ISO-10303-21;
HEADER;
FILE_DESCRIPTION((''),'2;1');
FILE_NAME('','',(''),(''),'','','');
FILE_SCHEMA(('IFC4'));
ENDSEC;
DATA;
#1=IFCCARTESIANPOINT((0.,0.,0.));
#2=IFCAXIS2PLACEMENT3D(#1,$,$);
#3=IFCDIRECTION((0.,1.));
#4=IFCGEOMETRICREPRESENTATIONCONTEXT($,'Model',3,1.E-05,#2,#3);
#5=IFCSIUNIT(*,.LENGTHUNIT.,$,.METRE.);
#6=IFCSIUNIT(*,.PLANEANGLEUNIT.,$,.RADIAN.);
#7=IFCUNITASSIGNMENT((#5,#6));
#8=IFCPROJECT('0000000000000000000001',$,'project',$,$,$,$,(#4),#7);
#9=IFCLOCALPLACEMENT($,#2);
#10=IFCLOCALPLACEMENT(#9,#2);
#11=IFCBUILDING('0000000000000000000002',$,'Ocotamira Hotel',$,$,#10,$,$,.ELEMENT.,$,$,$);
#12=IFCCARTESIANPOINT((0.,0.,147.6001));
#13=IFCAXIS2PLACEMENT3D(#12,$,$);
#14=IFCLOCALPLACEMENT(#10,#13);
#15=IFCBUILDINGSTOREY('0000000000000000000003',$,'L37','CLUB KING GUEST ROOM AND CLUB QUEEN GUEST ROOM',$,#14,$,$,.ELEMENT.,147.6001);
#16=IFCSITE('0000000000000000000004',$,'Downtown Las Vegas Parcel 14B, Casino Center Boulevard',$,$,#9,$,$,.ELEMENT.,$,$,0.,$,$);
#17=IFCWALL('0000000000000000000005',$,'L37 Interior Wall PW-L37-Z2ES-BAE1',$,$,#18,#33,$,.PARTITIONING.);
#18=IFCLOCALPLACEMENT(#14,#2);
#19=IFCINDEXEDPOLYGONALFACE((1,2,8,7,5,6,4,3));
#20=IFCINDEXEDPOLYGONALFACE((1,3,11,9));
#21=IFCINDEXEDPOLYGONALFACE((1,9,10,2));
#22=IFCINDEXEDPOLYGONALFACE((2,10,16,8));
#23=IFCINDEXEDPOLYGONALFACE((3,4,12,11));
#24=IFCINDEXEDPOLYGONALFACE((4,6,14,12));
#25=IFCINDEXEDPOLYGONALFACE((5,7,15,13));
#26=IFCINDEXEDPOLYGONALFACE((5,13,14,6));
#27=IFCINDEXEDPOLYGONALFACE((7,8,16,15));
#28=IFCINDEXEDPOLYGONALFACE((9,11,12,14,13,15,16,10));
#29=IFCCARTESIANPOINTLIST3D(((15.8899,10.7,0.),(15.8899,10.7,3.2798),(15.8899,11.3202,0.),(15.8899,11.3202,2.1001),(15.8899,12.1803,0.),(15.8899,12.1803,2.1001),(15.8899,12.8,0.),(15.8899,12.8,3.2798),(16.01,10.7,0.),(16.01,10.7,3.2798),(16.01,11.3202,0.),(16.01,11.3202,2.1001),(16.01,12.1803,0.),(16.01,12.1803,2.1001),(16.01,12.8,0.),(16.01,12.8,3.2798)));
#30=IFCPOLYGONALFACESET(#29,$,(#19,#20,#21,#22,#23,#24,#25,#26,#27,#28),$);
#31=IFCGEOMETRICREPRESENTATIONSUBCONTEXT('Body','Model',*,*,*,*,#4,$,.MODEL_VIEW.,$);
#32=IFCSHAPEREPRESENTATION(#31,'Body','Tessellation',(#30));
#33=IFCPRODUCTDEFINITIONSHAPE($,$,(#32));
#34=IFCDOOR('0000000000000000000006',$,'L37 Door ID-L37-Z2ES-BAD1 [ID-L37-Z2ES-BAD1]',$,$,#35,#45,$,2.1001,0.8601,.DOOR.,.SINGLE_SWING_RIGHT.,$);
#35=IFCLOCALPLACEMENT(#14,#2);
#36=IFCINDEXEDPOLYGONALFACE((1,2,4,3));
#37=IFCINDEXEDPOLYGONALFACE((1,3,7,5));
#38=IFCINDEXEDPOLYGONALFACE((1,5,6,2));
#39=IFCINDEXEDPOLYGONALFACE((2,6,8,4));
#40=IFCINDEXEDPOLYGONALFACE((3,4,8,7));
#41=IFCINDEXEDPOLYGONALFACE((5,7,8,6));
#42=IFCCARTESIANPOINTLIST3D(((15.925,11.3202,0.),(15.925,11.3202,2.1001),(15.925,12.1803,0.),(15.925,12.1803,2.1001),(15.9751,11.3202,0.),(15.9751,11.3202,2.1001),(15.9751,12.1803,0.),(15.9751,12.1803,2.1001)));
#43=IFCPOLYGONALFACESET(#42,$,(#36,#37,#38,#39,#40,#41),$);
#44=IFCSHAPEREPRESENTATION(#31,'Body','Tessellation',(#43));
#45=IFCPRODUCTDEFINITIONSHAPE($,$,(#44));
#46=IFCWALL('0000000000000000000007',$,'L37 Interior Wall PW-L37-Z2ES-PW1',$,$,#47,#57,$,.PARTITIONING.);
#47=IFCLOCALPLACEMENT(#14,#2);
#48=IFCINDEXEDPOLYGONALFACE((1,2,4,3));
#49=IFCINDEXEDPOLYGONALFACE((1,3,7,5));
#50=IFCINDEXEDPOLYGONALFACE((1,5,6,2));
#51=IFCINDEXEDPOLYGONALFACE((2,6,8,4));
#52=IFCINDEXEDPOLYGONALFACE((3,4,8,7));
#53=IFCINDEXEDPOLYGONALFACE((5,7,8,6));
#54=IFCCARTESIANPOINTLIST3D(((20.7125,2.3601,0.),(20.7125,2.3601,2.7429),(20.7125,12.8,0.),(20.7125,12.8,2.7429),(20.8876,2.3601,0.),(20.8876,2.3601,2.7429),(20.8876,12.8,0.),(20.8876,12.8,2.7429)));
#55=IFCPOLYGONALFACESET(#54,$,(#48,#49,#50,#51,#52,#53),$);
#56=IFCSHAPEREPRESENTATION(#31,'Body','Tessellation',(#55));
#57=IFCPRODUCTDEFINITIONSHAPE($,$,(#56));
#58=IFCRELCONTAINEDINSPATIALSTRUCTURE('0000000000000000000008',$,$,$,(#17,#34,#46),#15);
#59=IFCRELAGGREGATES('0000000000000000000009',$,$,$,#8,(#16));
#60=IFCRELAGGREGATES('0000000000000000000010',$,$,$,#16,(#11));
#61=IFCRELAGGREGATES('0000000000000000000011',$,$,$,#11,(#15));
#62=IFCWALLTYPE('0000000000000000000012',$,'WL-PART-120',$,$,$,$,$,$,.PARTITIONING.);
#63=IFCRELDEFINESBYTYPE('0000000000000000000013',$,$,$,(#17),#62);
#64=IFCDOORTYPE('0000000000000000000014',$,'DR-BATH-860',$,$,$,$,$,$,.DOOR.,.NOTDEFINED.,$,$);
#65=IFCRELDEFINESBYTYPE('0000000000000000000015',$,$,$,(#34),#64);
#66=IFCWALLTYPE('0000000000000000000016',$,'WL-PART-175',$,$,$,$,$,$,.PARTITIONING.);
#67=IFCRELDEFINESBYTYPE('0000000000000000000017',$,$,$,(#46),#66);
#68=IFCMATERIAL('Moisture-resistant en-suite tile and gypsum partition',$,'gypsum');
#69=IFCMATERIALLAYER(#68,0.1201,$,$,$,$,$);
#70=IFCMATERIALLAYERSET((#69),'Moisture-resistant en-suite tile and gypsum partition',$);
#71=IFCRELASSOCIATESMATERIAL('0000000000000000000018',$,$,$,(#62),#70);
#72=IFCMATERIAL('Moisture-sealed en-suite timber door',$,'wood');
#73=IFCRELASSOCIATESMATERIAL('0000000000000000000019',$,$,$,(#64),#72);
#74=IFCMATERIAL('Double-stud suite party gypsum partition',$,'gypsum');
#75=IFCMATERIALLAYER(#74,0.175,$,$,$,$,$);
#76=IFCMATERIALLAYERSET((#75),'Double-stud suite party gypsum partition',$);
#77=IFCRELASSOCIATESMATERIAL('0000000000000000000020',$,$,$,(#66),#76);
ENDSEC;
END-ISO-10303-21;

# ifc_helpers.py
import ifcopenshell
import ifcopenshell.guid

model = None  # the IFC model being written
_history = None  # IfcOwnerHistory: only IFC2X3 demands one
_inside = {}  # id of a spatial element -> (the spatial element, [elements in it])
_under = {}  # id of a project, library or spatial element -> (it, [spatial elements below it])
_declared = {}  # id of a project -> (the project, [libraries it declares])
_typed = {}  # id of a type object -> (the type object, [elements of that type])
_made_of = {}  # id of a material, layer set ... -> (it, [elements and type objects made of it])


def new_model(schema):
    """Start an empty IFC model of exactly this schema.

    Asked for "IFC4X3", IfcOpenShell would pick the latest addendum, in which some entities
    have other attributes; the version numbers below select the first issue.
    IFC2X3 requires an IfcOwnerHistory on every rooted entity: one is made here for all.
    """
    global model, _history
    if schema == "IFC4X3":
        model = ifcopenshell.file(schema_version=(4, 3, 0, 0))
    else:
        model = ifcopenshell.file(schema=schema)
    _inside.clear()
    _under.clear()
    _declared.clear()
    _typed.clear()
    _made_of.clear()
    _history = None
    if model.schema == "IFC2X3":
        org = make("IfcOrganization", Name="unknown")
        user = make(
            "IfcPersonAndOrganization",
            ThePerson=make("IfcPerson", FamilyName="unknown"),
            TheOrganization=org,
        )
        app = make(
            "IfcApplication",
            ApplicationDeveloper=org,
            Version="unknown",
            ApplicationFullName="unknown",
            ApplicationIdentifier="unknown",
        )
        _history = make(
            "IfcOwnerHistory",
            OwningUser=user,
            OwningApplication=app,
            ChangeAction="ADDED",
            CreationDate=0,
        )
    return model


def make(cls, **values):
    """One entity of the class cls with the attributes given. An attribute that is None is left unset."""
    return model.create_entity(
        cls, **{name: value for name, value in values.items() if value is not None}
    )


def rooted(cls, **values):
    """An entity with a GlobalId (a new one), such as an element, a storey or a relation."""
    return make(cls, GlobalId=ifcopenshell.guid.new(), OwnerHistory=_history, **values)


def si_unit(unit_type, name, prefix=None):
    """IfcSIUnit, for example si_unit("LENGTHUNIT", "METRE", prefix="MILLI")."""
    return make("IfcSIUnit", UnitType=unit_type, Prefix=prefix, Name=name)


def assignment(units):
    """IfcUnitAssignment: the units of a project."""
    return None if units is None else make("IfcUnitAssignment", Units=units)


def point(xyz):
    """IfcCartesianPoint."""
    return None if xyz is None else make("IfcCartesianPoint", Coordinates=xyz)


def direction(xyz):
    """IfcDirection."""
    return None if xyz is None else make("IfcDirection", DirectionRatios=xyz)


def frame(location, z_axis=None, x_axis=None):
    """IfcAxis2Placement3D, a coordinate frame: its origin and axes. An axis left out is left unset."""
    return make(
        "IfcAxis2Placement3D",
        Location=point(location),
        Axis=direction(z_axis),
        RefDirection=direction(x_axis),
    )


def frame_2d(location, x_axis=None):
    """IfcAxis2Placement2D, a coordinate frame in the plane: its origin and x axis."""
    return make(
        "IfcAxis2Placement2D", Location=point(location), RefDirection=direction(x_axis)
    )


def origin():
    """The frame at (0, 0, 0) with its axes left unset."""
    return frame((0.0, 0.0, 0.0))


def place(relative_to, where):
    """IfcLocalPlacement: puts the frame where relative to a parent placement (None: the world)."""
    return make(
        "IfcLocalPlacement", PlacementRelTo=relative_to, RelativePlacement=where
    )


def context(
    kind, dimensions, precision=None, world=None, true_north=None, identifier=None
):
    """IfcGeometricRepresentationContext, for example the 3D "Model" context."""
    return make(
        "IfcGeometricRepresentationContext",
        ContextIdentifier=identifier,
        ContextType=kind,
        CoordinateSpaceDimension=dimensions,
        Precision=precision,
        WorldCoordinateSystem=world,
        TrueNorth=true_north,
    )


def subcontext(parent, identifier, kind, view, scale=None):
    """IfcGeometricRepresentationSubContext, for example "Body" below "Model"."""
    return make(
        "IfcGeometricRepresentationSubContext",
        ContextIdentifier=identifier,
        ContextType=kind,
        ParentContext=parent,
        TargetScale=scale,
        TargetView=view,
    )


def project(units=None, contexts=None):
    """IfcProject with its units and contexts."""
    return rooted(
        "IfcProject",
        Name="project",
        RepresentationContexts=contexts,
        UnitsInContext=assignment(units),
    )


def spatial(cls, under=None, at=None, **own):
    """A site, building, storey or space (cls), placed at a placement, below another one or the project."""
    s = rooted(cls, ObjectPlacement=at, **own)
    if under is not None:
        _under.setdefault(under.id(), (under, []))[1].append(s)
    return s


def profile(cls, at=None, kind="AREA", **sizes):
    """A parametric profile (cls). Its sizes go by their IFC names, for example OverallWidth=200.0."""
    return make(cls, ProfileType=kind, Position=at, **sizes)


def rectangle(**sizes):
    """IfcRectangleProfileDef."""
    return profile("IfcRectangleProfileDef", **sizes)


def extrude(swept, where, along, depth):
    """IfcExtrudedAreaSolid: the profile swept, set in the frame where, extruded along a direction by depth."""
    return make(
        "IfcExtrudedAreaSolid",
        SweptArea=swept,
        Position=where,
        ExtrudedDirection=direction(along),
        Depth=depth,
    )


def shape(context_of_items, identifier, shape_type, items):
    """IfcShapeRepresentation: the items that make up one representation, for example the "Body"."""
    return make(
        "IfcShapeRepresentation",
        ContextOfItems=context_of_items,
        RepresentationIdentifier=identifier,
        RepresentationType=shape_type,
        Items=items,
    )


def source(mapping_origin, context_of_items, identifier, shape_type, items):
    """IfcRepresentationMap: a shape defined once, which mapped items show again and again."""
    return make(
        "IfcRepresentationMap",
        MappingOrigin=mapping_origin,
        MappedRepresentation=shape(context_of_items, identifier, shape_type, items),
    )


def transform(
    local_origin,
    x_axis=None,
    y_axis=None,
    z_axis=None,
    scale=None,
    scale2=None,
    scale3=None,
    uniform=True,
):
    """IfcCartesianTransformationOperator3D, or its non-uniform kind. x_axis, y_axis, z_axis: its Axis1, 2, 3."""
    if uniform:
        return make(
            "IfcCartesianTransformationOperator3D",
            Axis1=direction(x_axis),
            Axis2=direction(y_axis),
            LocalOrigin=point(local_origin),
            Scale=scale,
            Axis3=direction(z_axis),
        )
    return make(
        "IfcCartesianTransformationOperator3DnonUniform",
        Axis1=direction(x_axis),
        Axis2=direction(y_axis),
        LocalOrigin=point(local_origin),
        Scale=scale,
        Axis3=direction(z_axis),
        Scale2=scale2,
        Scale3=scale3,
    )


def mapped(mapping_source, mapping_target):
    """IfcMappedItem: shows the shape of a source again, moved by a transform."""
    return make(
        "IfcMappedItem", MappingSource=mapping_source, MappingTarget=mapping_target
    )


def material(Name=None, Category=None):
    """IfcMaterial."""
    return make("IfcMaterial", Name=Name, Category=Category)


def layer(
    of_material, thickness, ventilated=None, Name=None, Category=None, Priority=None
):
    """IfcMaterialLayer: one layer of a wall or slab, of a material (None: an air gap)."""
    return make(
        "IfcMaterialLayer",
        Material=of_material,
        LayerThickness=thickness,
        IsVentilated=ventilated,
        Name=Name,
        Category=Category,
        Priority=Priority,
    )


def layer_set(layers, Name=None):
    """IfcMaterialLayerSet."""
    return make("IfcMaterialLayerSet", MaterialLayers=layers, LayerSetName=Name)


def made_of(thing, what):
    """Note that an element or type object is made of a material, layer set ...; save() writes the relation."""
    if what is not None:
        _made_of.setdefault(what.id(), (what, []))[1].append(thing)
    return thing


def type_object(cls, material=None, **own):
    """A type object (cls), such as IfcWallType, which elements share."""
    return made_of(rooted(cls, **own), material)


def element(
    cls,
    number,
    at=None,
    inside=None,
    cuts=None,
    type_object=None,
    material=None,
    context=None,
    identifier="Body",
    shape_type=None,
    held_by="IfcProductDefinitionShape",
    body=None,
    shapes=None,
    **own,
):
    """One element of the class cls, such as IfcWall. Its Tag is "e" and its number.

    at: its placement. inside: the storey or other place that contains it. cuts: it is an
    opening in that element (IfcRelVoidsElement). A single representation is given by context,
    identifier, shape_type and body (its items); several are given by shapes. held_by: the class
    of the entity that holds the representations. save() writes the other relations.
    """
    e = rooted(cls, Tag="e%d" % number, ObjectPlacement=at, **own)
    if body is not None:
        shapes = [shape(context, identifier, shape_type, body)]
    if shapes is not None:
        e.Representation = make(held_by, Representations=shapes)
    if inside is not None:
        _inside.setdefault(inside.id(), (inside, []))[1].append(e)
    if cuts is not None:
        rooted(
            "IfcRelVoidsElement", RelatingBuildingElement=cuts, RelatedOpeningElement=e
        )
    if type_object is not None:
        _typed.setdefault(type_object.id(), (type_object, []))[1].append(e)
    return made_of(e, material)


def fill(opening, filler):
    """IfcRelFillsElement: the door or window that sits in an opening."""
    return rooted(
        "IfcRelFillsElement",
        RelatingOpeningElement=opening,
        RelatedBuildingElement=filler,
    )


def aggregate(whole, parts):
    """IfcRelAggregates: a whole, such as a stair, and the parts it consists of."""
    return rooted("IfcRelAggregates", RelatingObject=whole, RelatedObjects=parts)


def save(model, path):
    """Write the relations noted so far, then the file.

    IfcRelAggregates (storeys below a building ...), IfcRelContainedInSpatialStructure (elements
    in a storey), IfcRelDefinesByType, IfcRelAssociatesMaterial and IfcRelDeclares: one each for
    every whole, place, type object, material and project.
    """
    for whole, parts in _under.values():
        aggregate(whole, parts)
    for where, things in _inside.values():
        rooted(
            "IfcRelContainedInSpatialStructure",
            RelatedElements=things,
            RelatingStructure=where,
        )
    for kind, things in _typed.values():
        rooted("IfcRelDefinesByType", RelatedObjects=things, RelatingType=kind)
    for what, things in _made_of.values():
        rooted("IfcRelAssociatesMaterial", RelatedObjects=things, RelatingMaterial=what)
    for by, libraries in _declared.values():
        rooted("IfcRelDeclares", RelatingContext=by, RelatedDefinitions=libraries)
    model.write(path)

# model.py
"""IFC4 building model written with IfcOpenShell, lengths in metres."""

from ifc_helpers import new_model, si_unit, direction, frame, frame_2d, origin, place, context, subcontext, project, spatial, rectangle, extrude, source, transform, mapped, material, layer, layer_set, type_object, element, fill, save


model = new_model("IFC4")

# Units and contexts
model_context = context("Model", 3, precision=1e-05, world=origin(), true_north=direction((0.0, 1.0)))
body_context = subcontext(model_context, "Body", "Model", "MODEL_VIEW")
ifc_project = project(units=[si_unit("LENGTHUNIT", "METRE"), si_unit("PLANEANGLEUNIT", "RADIAN")], contexts=[model_context])

# Site, building, storey
site_placement = place(None, origin())
site = spatial("IfcSite", under=ifc_project, at=site_placement, Name="Downtown Las Vegas Parcel 14B, Casino Center Boulevard", CompositionType="ELEMENT", RefElevation=0.0)
building_placement = place(site_placement, origin())
building = spatial("IfcBuilding", under=site, at=building_placement, Name="Ocotamira Hotel", CompositionType="ELEMENT")
storey_placement = place(building_placement, frame((0.0, 0.0, 147.6001)))
storey = spatial("IfcBuildingStorey", under=building, at=storey_placement, Name="L37", Description="CLUB KING GUEST ROOM AND CLUB QUEEN GUEST ROOM", CompositionType="ELEMENT", Elevation=147.6001)

# Wall, opening, door
ifc_material_1 = material(Name="Moisture-resistant en-suite tile and gypsum partition", Category="gypsum")
ifc_layer_1 = layer(ifc_material_1, 0.1201)
ifc_layer_set_1 = layer_set([ifc_layer_1], Name="Moisture-resistant en-suite tile and gypsum partition")
wall_type_1 = type_object("IfcWallType", Name="WL-PART-120", PredefinedType="PARTITIONING", material=ifc_layer_set_1)
wall_1_placement = place(storey_placement, frame((15.95, 10.7, 0.0), z_axis=(0.0, 0.0, 1.0), x_axis=(0.0, 1.0, 0.0)))
wall_1 = element("IfcWall", 1, at=wall_1_placement, inside=storey, type_object=wall_type_1, Name="L37 Interior Wall PW-L37-Z2ES-BAE1", PredefinedType="PARTITIONING", context=body_context, shape_type="SweptSolid", body=[
    extrude(rectangle(XDim=2.1001, YDim=0.1201, at=frame_2d((1.05, 0.0))), origin(), (0.0, 0.0, 1.0), 3.2798),
])
opening_placement = place(wall_1_placement, frame((0.6201, 0.0, 0.0)))
opening = element("IfcOpeningElement", 2, at=opening_placement, cuts=wall_1, PredefinedType="OPENING", context=body_context, shape_type="SweptSolid", body=[
    extrude(rectangle(XDim=0.8601, YDim=2.1001, at=frame_2d((0.4302, 1.05))), frame((0.0, 0.0701, 0.0), z_axis=(0.0, -1.0, 0.0), x_axis=(1.0, 0.0, 0.0)), (0.0, 0.0, 1.0), 0.1401),
])
ifc_material_2 = material(Name="Moisture-sealed en-suite timber door", Category="wood")
door_type = type_object("IfcDoorType", Name="DR-BATH-860", OperationType="NOTDEFINED", PredefinedType="DOOR", material=ifc_material_2)
shared_shape_1 = source(origin(), body_context, "Body", "SweptSolid", [
    extrude(rectangle(XDim=0.8601, YDim=2.1001, at=frame_2d((0.4302, 1.05))), frame((0.0, 0.0249, 0.0), z_axis=(0.0, -1.0, 0.0), x_axis=(1.0, 0.0, 0.0)), (0.0, 0.0, 1.0), 0.05),
])
door_placement = place(opening_placement, origin())
door = element("IfcDoor", 3, at=door_placement, inside=storey, type_object=door_type, Name="L37 Door ID-L37-Z2ES-BAD1 [ID-L37-Z2ES-BAD1]", OperationType="SINGLE_SWING_RIGHT", OverallHeight=2.1001, OverallWidth=0.8601, PredefinedType="DOOR", context=body_context, shape_type="MappedRepresentation", body=[
    mapped(shared_shape_1, transform((0.0, 0.0, 0.0), scale=1.0)),
])
fill(opening, door)

# Wall
ifc_material_3 = material(Name="Double-stud suite party gypsum partition", Category="gypsum")
ifc_layer_2 = layer(ifc_material_3, 0.175)
ifc_layer_set_2 = layer_set([ifc_layer_2], Name="Double-stud suite party gypsum partition")
wall_type_2 = type_object("IfcWallType", Name="WL-PART-175", PredefinedType="PARTITIONING", material=ifc_layer_set_2)
wall_2_placement = place(storey_placement, frame((20.8, 2.3601, 0.0), z_axis=(0.0, 0.0, 1.0), x_axis=(0.0, 1.0, 0.0)))
element("IfcWall", 4, at=wall_2_placement, inside=storey, type_object=wall_type_2, Name="L37 Interior Wall PW-L37-Z2ES-PW1", PredefinedType="PARTITIONING", context=body_context, shape_type="SweptSolid", body=[
    extrude(rectangle(XDim=10.4399, YDim=0.175, at=frame_2d((5.22, 0.0))), origin(), (0.0, 0.0, 1.0), 2.7429),
])

save(model, "model.ifc")
